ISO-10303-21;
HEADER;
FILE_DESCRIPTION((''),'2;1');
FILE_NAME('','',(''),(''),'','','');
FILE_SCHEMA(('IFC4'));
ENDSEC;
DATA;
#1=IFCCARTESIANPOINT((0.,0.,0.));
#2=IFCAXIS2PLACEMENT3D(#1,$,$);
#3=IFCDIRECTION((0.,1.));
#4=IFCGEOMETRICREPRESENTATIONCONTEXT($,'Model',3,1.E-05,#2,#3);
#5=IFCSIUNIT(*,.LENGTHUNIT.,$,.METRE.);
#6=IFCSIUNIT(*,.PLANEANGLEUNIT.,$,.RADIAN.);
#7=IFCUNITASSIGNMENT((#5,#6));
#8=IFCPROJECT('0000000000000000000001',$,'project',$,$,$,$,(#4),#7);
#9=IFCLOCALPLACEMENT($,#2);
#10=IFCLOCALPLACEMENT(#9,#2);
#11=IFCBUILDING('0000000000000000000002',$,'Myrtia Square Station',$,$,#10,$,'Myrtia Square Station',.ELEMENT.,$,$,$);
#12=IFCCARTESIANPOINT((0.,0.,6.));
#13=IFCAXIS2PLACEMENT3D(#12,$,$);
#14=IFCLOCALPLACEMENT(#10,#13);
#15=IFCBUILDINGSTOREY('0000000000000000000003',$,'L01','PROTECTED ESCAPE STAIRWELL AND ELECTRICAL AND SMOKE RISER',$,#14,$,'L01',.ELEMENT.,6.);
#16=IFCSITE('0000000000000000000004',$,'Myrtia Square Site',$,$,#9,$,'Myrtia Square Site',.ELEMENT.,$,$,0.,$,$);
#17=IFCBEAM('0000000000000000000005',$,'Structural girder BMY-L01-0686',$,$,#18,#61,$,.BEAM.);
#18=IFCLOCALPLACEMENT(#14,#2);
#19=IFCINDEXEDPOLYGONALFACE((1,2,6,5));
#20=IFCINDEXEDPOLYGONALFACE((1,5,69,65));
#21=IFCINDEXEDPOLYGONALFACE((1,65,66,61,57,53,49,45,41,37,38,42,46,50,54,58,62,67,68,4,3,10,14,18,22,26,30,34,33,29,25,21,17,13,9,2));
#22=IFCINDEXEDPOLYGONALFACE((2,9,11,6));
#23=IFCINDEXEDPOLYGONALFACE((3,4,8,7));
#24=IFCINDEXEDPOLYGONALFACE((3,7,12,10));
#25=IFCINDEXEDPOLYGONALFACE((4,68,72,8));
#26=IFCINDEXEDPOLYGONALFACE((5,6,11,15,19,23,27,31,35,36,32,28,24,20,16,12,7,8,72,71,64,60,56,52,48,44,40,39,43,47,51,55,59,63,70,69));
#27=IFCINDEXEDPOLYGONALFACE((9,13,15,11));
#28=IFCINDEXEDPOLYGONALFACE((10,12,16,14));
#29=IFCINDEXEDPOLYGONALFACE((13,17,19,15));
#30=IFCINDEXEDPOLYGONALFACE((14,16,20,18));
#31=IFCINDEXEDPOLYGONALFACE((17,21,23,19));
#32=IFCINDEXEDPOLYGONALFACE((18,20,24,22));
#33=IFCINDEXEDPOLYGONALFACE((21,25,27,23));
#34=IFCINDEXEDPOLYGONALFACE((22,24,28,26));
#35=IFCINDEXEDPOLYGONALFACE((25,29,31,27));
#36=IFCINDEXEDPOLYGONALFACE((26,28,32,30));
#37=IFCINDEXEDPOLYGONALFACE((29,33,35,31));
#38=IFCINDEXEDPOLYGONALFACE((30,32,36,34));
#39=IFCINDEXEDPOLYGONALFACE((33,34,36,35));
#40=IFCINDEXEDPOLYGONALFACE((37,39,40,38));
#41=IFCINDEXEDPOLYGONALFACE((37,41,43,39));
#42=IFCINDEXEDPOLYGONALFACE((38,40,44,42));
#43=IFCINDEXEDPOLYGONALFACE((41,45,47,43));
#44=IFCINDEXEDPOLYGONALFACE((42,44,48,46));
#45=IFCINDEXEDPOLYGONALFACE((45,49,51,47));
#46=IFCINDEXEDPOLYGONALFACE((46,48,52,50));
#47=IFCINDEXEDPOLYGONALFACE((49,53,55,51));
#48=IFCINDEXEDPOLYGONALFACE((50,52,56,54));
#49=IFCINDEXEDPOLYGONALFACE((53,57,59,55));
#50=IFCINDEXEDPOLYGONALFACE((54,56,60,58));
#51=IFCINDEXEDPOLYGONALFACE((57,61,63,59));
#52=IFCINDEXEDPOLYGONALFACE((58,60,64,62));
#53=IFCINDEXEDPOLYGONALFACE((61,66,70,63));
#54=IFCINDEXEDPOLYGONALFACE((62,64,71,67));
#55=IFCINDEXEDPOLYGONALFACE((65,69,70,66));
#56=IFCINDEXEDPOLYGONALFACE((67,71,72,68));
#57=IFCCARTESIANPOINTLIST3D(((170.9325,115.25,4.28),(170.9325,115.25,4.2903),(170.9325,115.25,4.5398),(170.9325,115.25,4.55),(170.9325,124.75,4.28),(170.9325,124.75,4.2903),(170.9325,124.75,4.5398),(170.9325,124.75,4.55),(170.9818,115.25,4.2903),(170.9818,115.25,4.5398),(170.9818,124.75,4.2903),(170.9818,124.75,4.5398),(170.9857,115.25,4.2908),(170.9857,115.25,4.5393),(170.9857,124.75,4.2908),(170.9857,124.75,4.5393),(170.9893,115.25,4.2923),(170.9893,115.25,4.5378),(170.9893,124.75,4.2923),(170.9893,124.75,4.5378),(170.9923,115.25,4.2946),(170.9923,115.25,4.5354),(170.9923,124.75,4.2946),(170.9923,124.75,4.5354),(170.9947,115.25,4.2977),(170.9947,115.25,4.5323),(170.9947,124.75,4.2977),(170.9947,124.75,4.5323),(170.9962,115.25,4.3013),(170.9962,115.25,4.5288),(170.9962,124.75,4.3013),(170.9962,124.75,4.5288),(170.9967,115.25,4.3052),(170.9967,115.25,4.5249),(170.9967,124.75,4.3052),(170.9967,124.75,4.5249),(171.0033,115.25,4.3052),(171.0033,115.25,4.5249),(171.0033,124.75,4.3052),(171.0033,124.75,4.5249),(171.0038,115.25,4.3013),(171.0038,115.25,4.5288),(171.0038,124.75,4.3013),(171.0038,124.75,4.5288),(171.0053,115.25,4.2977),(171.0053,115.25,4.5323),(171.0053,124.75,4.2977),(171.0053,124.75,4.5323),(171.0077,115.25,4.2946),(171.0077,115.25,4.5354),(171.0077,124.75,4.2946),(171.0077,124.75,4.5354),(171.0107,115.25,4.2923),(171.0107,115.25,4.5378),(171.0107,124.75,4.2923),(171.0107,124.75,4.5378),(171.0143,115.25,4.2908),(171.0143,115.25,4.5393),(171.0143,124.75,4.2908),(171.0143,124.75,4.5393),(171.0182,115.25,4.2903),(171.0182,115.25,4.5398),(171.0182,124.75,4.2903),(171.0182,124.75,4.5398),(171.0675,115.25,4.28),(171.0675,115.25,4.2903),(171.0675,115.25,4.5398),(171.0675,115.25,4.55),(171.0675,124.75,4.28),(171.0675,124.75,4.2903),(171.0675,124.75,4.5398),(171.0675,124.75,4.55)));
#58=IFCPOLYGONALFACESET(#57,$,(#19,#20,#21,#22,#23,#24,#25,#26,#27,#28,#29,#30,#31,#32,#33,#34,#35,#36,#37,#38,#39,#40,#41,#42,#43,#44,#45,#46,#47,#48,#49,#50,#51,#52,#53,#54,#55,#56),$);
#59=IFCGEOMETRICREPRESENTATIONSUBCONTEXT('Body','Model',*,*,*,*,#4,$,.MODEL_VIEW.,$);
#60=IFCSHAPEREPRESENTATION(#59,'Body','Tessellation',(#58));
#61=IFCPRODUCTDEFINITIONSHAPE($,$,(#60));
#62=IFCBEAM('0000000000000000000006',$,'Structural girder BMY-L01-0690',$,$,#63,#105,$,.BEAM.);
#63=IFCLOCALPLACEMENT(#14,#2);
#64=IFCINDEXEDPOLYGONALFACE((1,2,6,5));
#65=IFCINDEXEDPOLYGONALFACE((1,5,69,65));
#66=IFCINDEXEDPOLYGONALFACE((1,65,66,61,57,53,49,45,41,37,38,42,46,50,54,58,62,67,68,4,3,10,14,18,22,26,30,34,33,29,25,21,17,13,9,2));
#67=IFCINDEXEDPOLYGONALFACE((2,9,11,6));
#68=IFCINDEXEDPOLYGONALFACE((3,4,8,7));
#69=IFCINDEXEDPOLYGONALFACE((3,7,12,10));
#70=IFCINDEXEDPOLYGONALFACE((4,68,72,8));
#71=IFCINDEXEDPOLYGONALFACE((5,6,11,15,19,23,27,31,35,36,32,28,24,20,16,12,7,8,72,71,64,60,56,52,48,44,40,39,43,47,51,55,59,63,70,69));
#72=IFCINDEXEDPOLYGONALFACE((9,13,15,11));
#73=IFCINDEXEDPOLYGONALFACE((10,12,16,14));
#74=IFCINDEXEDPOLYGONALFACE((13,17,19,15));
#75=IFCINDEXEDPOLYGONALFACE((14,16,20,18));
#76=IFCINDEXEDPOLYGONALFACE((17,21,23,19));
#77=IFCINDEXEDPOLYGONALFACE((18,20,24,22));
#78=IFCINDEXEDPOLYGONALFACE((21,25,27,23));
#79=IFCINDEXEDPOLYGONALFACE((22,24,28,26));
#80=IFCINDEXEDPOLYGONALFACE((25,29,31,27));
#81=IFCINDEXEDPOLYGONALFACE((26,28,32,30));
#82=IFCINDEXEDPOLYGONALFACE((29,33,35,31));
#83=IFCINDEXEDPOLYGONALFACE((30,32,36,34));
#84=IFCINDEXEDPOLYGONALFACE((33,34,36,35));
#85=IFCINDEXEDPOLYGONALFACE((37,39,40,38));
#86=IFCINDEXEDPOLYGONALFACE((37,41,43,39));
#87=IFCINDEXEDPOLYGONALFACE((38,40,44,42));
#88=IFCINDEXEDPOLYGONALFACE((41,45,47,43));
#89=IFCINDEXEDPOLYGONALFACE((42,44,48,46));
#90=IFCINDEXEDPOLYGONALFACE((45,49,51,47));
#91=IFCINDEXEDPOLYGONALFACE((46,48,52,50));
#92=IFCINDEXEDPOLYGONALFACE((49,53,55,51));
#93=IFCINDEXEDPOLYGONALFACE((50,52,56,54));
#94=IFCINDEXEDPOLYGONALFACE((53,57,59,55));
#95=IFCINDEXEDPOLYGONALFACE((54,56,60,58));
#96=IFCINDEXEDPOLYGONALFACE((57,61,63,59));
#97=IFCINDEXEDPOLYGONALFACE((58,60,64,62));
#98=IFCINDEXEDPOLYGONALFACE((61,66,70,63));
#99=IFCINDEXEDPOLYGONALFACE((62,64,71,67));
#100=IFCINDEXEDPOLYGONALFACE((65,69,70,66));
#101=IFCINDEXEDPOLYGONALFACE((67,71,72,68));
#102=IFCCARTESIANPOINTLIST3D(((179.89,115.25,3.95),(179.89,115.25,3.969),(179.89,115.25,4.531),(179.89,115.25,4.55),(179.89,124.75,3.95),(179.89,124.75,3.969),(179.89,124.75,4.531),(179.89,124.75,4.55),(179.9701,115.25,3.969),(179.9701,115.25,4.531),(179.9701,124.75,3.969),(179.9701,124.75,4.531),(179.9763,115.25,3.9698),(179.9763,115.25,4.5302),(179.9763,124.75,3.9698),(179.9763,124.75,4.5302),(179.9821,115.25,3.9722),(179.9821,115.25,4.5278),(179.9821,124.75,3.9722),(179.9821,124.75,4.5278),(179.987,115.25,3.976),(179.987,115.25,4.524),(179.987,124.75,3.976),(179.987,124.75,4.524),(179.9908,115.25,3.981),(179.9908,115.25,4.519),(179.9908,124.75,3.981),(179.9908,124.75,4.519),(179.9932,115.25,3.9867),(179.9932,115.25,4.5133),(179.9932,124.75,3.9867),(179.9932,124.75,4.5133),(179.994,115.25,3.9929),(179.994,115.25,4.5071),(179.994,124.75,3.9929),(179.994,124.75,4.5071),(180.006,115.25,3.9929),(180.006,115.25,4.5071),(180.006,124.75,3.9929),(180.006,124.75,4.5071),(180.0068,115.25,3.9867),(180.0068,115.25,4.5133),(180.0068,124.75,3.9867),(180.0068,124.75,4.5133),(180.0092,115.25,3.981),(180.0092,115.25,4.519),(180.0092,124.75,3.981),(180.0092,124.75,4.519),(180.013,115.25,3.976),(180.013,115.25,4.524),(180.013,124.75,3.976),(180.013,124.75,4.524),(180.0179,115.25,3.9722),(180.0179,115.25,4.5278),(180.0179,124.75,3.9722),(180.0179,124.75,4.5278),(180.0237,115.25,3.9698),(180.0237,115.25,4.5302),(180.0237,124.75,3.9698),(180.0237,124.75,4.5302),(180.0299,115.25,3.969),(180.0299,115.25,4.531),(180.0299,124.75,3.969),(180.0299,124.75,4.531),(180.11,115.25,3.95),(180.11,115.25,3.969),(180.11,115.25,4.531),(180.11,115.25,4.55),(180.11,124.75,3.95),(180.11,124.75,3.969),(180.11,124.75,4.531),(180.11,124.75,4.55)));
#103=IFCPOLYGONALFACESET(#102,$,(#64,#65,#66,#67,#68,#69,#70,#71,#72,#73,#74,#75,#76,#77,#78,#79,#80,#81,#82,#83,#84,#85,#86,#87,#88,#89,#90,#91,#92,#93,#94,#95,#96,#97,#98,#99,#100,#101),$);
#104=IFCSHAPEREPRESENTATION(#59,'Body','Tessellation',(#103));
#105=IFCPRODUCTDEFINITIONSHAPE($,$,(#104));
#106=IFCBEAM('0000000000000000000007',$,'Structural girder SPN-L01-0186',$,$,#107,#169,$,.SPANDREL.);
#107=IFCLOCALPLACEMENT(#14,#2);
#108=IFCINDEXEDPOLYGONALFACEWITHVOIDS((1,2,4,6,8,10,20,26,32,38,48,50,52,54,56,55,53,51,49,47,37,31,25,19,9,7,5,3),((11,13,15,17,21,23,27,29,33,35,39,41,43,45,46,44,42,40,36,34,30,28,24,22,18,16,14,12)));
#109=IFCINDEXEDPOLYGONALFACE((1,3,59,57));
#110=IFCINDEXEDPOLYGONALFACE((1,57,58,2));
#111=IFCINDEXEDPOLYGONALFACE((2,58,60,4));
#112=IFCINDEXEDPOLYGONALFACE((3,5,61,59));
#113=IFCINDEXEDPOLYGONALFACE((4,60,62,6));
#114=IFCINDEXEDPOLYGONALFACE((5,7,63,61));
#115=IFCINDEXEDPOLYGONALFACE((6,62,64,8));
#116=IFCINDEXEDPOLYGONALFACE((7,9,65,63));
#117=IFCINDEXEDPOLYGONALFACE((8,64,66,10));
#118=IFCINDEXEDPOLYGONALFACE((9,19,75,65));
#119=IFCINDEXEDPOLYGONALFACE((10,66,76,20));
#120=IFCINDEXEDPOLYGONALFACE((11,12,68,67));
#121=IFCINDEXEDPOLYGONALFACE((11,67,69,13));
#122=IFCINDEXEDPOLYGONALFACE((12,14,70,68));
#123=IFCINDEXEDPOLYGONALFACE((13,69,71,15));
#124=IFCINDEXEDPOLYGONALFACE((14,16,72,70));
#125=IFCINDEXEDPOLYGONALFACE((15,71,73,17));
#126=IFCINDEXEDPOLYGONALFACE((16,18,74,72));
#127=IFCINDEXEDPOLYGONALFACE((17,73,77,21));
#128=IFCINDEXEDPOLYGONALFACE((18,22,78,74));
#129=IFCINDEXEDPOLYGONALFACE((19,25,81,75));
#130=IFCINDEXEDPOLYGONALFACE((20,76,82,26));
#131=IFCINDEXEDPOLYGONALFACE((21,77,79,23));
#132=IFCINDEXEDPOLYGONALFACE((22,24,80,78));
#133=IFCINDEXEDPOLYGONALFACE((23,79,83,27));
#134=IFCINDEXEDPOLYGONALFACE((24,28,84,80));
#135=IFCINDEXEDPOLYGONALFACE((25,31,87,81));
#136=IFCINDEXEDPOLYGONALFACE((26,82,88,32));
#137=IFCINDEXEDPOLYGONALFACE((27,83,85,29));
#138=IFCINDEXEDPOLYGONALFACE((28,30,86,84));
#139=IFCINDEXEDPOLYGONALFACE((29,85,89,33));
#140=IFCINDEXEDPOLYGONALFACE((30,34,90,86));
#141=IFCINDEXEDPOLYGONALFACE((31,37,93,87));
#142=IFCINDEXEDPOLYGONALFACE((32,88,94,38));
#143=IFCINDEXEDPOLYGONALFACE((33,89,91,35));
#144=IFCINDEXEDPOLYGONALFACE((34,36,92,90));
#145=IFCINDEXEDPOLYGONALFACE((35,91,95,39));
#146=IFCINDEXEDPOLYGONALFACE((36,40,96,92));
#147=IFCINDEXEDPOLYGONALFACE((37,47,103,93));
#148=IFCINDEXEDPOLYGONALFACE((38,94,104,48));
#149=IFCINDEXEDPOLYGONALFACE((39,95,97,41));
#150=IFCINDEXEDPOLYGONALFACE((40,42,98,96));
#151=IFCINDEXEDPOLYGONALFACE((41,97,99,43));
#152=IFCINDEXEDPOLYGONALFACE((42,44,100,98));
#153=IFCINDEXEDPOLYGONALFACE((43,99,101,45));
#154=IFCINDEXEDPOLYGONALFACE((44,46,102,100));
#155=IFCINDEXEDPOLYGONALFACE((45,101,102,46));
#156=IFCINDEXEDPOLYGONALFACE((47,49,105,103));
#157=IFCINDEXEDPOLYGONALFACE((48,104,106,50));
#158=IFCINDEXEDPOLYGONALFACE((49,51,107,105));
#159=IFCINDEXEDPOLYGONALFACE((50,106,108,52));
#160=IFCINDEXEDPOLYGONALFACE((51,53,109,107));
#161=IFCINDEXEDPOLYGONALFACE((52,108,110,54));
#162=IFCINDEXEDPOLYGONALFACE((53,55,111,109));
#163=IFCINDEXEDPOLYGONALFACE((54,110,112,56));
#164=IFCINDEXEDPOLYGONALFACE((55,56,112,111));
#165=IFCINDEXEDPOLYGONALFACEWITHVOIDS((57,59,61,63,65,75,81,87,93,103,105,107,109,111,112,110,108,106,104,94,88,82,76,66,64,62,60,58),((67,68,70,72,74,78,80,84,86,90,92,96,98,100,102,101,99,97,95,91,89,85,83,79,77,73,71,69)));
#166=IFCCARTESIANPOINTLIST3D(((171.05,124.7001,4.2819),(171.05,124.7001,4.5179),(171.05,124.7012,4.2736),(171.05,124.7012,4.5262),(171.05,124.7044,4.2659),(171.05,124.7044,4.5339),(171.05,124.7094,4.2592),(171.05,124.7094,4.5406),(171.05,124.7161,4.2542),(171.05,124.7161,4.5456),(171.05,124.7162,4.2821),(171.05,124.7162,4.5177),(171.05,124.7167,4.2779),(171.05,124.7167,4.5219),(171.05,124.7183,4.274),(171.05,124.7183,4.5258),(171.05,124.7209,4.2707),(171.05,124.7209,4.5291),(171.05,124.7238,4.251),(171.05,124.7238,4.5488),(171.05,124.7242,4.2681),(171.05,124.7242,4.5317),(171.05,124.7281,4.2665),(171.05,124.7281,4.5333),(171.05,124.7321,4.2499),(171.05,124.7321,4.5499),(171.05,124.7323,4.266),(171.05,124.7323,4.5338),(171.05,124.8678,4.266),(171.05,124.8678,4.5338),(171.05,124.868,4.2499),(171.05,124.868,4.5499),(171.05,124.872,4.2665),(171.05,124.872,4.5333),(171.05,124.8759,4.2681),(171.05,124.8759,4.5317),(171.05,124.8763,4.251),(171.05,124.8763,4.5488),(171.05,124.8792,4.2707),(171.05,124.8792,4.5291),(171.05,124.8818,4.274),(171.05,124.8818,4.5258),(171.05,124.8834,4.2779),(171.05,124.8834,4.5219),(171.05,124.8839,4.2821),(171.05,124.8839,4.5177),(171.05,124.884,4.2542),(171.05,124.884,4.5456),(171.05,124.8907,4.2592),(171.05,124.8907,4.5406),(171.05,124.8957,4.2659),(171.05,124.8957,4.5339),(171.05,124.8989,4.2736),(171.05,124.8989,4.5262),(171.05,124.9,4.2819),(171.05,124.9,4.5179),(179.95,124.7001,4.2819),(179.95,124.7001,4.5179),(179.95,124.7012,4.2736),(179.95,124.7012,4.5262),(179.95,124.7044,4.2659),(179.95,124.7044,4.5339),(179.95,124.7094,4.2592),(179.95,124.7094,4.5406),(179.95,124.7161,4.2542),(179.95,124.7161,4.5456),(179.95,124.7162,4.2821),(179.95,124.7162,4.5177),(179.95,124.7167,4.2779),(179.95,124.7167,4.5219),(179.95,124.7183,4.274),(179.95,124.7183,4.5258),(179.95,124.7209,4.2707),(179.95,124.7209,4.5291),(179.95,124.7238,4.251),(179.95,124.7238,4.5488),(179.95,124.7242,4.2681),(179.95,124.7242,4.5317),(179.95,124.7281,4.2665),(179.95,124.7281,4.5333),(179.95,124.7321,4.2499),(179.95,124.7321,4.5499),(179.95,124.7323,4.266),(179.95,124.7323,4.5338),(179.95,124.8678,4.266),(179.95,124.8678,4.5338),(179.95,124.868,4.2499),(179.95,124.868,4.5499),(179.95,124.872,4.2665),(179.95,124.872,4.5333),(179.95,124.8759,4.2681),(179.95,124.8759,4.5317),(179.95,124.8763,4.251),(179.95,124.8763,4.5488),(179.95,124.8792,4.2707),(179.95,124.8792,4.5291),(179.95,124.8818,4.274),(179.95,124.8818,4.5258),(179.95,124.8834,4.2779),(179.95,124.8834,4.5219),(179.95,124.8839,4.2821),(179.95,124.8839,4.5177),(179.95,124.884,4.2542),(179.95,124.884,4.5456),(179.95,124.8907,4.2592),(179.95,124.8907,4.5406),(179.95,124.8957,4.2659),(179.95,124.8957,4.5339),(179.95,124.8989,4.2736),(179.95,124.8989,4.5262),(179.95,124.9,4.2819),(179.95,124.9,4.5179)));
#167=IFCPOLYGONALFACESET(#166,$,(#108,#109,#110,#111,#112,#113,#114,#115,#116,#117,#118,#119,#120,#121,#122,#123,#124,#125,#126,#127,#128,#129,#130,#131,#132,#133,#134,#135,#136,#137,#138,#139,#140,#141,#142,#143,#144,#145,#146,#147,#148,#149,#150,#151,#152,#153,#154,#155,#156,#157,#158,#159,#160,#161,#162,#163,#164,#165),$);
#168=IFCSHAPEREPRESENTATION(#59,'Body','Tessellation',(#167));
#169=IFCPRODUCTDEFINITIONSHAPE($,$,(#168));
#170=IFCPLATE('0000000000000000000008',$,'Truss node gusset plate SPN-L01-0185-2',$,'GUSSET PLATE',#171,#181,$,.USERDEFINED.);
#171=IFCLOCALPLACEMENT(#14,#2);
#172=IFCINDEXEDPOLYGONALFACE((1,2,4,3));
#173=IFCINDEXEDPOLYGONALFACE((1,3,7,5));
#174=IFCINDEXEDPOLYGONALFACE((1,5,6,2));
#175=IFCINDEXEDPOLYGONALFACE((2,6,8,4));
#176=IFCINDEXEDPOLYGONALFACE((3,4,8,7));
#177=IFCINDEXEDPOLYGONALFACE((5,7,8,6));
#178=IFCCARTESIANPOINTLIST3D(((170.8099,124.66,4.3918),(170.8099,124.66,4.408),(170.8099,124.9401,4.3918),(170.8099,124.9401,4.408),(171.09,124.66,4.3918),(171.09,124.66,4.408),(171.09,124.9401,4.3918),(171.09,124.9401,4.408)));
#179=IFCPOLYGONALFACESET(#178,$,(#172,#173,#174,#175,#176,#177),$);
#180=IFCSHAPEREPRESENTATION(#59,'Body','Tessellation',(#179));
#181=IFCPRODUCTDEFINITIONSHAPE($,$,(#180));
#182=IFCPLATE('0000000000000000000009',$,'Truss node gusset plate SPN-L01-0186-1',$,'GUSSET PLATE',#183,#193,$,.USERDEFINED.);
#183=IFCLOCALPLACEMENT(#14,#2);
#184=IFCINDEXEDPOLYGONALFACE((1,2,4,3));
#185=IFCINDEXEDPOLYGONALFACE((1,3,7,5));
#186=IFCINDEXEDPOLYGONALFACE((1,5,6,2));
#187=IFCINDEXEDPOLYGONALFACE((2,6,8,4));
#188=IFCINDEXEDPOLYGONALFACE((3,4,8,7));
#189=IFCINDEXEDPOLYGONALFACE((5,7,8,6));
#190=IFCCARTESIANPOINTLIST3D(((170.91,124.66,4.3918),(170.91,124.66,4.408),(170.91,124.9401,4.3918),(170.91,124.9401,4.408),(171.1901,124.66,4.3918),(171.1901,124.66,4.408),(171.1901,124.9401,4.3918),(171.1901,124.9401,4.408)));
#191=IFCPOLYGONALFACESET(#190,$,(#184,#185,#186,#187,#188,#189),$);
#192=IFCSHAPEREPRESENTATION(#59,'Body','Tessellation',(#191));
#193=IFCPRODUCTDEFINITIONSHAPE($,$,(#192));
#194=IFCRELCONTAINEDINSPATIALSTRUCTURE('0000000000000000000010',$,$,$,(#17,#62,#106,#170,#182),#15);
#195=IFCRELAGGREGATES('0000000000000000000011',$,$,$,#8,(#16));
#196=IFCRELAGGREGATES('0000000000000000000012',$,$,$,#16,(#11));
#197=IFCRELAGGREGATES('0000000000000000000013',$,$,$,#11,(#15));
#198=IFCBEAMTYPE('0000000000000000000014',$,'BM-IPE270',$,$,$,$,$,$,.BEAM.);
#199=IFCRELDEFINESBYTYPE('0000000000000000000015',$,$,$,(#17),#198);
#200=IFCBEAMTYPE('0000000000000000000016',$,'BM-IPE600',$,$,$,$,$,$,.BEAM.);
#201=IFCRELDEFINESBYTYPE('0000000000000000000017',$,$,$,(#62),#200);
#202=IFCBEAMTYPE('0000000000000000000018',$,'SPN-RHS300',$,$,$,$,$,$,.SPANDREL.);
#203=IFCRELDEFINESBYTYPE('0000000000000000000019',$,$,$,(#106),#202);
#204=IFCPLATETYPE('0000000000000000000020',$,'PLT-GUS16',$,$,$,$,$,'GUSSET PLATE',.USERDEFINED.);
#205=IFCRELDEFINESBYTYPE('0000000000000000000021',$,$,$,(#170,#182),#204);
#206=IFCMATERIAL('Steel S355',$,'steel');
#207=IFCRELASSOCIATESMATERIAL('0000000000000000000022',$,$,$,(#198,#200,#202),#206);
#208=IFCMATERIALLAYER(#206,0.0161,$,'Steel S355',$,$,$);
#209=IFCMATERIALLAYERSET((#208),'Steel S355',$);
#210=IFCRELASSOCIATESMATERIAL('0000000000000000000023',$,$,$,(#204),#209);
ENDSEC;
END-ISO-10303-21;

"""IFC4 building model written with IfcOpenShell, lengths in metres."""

from ifc_helpers import new_model, si_unit, direction, frame, origin, origin_2d, place, context, subcontext, project, spatial, rectangle, hollow_rectangle, i_section, extrude, material, layer, layer_set, material_profile, profile_set, type_object, element, save


model = new_model("IFC4")

# Units and contexts
model_context = context("Model", 3, precision=1e-05, world=origin(), true_north=direction((0.0, 1.0)))
body_context = subcontext(model_context, "Body", "Model", "MODEL_VIEW")
ifc_project = project(units=[si_unit("LENGTHUNIT", "METRE"), si_unit("PLANEANGLEUNIT", "RADIAN")], contexts=[model_context])

# Site, building, storey
site_placement = place(None, origin())
site = spatial("IfcSite", under=ifc_project, at=site_placement, Name="Myrtia Square Site", LongName="Myrtia Square Site", CompositionType="ELEMENT", RefElevation=0.0)
building_placement = place(site_placement, origin())
building = spatial("IfcBuilding", under=site, at=building_placement, Name="Myrtia Square Station", LongName="Myrtia Square Station", CompositionType="ELEMENT")
storey_placement = place(building_placement, frame((0.0, 0.0, 6.0)))
storey = spatial("IfcBuildingStorey", under=building, at=storey_placement, Name="L01", Description="PROTECTED ESCAPE STAIRWELL AND ELECTRICAL AND SMOKE RISER", LongName="L01", CompositionType="ELEMENT", Elevation=6.0)

# Shared definitions
ifc_material_1 = material(Name="Steel S355", Category="steel")

# Beams
ifc_material_profile_1 = material_profile(ifc_material_1, i_section(OverallWidth=0.135, OverallDepth=0.27, WebThickness=0.0066, FlangeThickness=0.0103, FilletRadius=0.0149, at=origin_2d()), Name="IPE 270")
ifc_profile_set_1 = profile_set([ifc_material_profile_1], Name="Steel S355")
beam_type_1 = type_object("IfcBeamType", Name="BM-IPE270", PredefinedType="BEAM", material=ifc_profile_set_1)
beam_1_placement = place(storey_placement, frame((171.0, 115.25, 4.415), z_axis=(0.0, 1.0, 0.0), x_axis=(-1.0, 0.0, 0.0)))
element("IfcBeam", 1, at=beam_1_placement, inside=storey, type_object=beam_type_1, Name="Structural girder BMY-L01-0686", PredefinedType="BEAM", context=body_context, shape_type="SweptSolid", body=[
    extrude(i_section(OverallWidth=0.135, OverallDepth=0.27, WebThickness=0.0066, FlangeThickness=0.0103, FilletRadius=0.0149, at=origin_2d()), origin(), (0.0, 0.0, 1.0), 9.5),
])
ifc_material_profile_2 = material_profile(ifc_material_1, i_section(OverallWidth=0.22, OverallDepth=0.6001, WebThickness=0.012, FlangeThickness=0.019, FilletRadius=0.0239, at=origin_2d()), Name="IPE 600")
ifc_profile_set_2 = profile_set([ifc_material_profile_2], Name="Steel S355")
beam_type_2 = type_object("IfcBeamType", Name="BM-IPE600", PredefinedType="BEAM", material=ifc_profile_set_2)
beam_2_placement = place(storey_placement, frame((180.0, 115.25, 4.25), z_axis=(0.0, 1.0, 0.0), x_axis=(-1.0, 0.0, 0.0)))
element("IfcBeam", 2, at=beam_2_placement, inside=storey, type_object=beam_type_2, Name="Structural girder BMY-L01-0690", PredefinedType="BEAM", context=body_context, shape_type="SweptSolid", body=[
    extrude(i_section(OverallWidth=0.22, OverallDepth=0.6001, WebThickness=0.012, FlangeThickness=0.019, FilletRadius=0.0239, at=origin_2d()), origin(), (0.0, 0.0, 1.0), 9.5),
])
ifc_material_profile_3 = material_profile(ifc_material_1, hollow_rectangle(XDim=0.2, YDim=0.3, WallThickness=0.0161, InnerFilletRadius=0.0161, OuterFilletRadius=0.032, at=origin_2d()), Name="RHS 300x200x16")
ifc_profile_set_3 = profile_set([ifc_material_profile_3], Name="Steel S355")
beam_type_3 = type_object("IfcBeamType", Name="SPN-RHS300", PredefinedType="SPANDREL", material=ifc_profile_set_3)
beam_3_placement = place(storey_placement, frame((171.05, 124.8, 4.3999), z_axis=(1.0, 0.0, 0.0), x_axis=(0.0, 1.0, 0.0)))
element("IfcBeam", 3, at=beam_3_placement, inside=storey, type_object=beam_type_3, Name="Structural girder SPN-L01-0186", PredefinedType="SPANDREL", context=body_context, shape_type="SweptSolid", body=[
    extrude(hollow_rectangle(XDim=0.2, YDim=0.3, WallThickness=0.0161, InnerFilletRadius=0.0161, OuterFilletRadius=0.032, at=origin_2d()), origin(), (0.0, 0.0, 1.0), 8.8999),
])

# Plates
ifc_layer_1 = layer(ifc_material_1, 0.0161, Name="Steel S355")
ifc_layer_set_1 = layer_set([ifc_layer_1], Name="Steel S355")
plate_type = type_object("IfcPlateType", Name="PLT-GUS16", ElementType="GUSSET PLATE", PredefinedType="USERDEFINED", material=ifc_layer_set_1)
for number, where, z_axis, x_axis, name in (
    (4, (170.95, 124.8, 4.3918), (0.0, 0.0, 1.0), (1.0, 0.0, 0.0), "Truss node gusset plate SPN-L01-0185-2"),
    (5, (171.05, 124.8, 4.3918), (0.0, 0.0, 1.0), (1.0, 0.0, 0.0), "Truss node gusset plate SPN-L01-0186-1"),
):
    element("IfcPlate", number, at=place(storey_placement, frame(where, z_axis=z_axis, x_axis=x_axis)), inside=storey, type_object=plate_type, Name=name, ObjectType="GUSSET PLATE", PredefinedType="USERDEFINED", context=body_context, shape_type="SweptSolid", body=[
        extrude(rectangle(XDim=0.28, YDim=0.28, at=origin_2d()), origin(), (0.0, 0.0, 1.0), 0.0161),
    ])

save(model, "model.ifc")
